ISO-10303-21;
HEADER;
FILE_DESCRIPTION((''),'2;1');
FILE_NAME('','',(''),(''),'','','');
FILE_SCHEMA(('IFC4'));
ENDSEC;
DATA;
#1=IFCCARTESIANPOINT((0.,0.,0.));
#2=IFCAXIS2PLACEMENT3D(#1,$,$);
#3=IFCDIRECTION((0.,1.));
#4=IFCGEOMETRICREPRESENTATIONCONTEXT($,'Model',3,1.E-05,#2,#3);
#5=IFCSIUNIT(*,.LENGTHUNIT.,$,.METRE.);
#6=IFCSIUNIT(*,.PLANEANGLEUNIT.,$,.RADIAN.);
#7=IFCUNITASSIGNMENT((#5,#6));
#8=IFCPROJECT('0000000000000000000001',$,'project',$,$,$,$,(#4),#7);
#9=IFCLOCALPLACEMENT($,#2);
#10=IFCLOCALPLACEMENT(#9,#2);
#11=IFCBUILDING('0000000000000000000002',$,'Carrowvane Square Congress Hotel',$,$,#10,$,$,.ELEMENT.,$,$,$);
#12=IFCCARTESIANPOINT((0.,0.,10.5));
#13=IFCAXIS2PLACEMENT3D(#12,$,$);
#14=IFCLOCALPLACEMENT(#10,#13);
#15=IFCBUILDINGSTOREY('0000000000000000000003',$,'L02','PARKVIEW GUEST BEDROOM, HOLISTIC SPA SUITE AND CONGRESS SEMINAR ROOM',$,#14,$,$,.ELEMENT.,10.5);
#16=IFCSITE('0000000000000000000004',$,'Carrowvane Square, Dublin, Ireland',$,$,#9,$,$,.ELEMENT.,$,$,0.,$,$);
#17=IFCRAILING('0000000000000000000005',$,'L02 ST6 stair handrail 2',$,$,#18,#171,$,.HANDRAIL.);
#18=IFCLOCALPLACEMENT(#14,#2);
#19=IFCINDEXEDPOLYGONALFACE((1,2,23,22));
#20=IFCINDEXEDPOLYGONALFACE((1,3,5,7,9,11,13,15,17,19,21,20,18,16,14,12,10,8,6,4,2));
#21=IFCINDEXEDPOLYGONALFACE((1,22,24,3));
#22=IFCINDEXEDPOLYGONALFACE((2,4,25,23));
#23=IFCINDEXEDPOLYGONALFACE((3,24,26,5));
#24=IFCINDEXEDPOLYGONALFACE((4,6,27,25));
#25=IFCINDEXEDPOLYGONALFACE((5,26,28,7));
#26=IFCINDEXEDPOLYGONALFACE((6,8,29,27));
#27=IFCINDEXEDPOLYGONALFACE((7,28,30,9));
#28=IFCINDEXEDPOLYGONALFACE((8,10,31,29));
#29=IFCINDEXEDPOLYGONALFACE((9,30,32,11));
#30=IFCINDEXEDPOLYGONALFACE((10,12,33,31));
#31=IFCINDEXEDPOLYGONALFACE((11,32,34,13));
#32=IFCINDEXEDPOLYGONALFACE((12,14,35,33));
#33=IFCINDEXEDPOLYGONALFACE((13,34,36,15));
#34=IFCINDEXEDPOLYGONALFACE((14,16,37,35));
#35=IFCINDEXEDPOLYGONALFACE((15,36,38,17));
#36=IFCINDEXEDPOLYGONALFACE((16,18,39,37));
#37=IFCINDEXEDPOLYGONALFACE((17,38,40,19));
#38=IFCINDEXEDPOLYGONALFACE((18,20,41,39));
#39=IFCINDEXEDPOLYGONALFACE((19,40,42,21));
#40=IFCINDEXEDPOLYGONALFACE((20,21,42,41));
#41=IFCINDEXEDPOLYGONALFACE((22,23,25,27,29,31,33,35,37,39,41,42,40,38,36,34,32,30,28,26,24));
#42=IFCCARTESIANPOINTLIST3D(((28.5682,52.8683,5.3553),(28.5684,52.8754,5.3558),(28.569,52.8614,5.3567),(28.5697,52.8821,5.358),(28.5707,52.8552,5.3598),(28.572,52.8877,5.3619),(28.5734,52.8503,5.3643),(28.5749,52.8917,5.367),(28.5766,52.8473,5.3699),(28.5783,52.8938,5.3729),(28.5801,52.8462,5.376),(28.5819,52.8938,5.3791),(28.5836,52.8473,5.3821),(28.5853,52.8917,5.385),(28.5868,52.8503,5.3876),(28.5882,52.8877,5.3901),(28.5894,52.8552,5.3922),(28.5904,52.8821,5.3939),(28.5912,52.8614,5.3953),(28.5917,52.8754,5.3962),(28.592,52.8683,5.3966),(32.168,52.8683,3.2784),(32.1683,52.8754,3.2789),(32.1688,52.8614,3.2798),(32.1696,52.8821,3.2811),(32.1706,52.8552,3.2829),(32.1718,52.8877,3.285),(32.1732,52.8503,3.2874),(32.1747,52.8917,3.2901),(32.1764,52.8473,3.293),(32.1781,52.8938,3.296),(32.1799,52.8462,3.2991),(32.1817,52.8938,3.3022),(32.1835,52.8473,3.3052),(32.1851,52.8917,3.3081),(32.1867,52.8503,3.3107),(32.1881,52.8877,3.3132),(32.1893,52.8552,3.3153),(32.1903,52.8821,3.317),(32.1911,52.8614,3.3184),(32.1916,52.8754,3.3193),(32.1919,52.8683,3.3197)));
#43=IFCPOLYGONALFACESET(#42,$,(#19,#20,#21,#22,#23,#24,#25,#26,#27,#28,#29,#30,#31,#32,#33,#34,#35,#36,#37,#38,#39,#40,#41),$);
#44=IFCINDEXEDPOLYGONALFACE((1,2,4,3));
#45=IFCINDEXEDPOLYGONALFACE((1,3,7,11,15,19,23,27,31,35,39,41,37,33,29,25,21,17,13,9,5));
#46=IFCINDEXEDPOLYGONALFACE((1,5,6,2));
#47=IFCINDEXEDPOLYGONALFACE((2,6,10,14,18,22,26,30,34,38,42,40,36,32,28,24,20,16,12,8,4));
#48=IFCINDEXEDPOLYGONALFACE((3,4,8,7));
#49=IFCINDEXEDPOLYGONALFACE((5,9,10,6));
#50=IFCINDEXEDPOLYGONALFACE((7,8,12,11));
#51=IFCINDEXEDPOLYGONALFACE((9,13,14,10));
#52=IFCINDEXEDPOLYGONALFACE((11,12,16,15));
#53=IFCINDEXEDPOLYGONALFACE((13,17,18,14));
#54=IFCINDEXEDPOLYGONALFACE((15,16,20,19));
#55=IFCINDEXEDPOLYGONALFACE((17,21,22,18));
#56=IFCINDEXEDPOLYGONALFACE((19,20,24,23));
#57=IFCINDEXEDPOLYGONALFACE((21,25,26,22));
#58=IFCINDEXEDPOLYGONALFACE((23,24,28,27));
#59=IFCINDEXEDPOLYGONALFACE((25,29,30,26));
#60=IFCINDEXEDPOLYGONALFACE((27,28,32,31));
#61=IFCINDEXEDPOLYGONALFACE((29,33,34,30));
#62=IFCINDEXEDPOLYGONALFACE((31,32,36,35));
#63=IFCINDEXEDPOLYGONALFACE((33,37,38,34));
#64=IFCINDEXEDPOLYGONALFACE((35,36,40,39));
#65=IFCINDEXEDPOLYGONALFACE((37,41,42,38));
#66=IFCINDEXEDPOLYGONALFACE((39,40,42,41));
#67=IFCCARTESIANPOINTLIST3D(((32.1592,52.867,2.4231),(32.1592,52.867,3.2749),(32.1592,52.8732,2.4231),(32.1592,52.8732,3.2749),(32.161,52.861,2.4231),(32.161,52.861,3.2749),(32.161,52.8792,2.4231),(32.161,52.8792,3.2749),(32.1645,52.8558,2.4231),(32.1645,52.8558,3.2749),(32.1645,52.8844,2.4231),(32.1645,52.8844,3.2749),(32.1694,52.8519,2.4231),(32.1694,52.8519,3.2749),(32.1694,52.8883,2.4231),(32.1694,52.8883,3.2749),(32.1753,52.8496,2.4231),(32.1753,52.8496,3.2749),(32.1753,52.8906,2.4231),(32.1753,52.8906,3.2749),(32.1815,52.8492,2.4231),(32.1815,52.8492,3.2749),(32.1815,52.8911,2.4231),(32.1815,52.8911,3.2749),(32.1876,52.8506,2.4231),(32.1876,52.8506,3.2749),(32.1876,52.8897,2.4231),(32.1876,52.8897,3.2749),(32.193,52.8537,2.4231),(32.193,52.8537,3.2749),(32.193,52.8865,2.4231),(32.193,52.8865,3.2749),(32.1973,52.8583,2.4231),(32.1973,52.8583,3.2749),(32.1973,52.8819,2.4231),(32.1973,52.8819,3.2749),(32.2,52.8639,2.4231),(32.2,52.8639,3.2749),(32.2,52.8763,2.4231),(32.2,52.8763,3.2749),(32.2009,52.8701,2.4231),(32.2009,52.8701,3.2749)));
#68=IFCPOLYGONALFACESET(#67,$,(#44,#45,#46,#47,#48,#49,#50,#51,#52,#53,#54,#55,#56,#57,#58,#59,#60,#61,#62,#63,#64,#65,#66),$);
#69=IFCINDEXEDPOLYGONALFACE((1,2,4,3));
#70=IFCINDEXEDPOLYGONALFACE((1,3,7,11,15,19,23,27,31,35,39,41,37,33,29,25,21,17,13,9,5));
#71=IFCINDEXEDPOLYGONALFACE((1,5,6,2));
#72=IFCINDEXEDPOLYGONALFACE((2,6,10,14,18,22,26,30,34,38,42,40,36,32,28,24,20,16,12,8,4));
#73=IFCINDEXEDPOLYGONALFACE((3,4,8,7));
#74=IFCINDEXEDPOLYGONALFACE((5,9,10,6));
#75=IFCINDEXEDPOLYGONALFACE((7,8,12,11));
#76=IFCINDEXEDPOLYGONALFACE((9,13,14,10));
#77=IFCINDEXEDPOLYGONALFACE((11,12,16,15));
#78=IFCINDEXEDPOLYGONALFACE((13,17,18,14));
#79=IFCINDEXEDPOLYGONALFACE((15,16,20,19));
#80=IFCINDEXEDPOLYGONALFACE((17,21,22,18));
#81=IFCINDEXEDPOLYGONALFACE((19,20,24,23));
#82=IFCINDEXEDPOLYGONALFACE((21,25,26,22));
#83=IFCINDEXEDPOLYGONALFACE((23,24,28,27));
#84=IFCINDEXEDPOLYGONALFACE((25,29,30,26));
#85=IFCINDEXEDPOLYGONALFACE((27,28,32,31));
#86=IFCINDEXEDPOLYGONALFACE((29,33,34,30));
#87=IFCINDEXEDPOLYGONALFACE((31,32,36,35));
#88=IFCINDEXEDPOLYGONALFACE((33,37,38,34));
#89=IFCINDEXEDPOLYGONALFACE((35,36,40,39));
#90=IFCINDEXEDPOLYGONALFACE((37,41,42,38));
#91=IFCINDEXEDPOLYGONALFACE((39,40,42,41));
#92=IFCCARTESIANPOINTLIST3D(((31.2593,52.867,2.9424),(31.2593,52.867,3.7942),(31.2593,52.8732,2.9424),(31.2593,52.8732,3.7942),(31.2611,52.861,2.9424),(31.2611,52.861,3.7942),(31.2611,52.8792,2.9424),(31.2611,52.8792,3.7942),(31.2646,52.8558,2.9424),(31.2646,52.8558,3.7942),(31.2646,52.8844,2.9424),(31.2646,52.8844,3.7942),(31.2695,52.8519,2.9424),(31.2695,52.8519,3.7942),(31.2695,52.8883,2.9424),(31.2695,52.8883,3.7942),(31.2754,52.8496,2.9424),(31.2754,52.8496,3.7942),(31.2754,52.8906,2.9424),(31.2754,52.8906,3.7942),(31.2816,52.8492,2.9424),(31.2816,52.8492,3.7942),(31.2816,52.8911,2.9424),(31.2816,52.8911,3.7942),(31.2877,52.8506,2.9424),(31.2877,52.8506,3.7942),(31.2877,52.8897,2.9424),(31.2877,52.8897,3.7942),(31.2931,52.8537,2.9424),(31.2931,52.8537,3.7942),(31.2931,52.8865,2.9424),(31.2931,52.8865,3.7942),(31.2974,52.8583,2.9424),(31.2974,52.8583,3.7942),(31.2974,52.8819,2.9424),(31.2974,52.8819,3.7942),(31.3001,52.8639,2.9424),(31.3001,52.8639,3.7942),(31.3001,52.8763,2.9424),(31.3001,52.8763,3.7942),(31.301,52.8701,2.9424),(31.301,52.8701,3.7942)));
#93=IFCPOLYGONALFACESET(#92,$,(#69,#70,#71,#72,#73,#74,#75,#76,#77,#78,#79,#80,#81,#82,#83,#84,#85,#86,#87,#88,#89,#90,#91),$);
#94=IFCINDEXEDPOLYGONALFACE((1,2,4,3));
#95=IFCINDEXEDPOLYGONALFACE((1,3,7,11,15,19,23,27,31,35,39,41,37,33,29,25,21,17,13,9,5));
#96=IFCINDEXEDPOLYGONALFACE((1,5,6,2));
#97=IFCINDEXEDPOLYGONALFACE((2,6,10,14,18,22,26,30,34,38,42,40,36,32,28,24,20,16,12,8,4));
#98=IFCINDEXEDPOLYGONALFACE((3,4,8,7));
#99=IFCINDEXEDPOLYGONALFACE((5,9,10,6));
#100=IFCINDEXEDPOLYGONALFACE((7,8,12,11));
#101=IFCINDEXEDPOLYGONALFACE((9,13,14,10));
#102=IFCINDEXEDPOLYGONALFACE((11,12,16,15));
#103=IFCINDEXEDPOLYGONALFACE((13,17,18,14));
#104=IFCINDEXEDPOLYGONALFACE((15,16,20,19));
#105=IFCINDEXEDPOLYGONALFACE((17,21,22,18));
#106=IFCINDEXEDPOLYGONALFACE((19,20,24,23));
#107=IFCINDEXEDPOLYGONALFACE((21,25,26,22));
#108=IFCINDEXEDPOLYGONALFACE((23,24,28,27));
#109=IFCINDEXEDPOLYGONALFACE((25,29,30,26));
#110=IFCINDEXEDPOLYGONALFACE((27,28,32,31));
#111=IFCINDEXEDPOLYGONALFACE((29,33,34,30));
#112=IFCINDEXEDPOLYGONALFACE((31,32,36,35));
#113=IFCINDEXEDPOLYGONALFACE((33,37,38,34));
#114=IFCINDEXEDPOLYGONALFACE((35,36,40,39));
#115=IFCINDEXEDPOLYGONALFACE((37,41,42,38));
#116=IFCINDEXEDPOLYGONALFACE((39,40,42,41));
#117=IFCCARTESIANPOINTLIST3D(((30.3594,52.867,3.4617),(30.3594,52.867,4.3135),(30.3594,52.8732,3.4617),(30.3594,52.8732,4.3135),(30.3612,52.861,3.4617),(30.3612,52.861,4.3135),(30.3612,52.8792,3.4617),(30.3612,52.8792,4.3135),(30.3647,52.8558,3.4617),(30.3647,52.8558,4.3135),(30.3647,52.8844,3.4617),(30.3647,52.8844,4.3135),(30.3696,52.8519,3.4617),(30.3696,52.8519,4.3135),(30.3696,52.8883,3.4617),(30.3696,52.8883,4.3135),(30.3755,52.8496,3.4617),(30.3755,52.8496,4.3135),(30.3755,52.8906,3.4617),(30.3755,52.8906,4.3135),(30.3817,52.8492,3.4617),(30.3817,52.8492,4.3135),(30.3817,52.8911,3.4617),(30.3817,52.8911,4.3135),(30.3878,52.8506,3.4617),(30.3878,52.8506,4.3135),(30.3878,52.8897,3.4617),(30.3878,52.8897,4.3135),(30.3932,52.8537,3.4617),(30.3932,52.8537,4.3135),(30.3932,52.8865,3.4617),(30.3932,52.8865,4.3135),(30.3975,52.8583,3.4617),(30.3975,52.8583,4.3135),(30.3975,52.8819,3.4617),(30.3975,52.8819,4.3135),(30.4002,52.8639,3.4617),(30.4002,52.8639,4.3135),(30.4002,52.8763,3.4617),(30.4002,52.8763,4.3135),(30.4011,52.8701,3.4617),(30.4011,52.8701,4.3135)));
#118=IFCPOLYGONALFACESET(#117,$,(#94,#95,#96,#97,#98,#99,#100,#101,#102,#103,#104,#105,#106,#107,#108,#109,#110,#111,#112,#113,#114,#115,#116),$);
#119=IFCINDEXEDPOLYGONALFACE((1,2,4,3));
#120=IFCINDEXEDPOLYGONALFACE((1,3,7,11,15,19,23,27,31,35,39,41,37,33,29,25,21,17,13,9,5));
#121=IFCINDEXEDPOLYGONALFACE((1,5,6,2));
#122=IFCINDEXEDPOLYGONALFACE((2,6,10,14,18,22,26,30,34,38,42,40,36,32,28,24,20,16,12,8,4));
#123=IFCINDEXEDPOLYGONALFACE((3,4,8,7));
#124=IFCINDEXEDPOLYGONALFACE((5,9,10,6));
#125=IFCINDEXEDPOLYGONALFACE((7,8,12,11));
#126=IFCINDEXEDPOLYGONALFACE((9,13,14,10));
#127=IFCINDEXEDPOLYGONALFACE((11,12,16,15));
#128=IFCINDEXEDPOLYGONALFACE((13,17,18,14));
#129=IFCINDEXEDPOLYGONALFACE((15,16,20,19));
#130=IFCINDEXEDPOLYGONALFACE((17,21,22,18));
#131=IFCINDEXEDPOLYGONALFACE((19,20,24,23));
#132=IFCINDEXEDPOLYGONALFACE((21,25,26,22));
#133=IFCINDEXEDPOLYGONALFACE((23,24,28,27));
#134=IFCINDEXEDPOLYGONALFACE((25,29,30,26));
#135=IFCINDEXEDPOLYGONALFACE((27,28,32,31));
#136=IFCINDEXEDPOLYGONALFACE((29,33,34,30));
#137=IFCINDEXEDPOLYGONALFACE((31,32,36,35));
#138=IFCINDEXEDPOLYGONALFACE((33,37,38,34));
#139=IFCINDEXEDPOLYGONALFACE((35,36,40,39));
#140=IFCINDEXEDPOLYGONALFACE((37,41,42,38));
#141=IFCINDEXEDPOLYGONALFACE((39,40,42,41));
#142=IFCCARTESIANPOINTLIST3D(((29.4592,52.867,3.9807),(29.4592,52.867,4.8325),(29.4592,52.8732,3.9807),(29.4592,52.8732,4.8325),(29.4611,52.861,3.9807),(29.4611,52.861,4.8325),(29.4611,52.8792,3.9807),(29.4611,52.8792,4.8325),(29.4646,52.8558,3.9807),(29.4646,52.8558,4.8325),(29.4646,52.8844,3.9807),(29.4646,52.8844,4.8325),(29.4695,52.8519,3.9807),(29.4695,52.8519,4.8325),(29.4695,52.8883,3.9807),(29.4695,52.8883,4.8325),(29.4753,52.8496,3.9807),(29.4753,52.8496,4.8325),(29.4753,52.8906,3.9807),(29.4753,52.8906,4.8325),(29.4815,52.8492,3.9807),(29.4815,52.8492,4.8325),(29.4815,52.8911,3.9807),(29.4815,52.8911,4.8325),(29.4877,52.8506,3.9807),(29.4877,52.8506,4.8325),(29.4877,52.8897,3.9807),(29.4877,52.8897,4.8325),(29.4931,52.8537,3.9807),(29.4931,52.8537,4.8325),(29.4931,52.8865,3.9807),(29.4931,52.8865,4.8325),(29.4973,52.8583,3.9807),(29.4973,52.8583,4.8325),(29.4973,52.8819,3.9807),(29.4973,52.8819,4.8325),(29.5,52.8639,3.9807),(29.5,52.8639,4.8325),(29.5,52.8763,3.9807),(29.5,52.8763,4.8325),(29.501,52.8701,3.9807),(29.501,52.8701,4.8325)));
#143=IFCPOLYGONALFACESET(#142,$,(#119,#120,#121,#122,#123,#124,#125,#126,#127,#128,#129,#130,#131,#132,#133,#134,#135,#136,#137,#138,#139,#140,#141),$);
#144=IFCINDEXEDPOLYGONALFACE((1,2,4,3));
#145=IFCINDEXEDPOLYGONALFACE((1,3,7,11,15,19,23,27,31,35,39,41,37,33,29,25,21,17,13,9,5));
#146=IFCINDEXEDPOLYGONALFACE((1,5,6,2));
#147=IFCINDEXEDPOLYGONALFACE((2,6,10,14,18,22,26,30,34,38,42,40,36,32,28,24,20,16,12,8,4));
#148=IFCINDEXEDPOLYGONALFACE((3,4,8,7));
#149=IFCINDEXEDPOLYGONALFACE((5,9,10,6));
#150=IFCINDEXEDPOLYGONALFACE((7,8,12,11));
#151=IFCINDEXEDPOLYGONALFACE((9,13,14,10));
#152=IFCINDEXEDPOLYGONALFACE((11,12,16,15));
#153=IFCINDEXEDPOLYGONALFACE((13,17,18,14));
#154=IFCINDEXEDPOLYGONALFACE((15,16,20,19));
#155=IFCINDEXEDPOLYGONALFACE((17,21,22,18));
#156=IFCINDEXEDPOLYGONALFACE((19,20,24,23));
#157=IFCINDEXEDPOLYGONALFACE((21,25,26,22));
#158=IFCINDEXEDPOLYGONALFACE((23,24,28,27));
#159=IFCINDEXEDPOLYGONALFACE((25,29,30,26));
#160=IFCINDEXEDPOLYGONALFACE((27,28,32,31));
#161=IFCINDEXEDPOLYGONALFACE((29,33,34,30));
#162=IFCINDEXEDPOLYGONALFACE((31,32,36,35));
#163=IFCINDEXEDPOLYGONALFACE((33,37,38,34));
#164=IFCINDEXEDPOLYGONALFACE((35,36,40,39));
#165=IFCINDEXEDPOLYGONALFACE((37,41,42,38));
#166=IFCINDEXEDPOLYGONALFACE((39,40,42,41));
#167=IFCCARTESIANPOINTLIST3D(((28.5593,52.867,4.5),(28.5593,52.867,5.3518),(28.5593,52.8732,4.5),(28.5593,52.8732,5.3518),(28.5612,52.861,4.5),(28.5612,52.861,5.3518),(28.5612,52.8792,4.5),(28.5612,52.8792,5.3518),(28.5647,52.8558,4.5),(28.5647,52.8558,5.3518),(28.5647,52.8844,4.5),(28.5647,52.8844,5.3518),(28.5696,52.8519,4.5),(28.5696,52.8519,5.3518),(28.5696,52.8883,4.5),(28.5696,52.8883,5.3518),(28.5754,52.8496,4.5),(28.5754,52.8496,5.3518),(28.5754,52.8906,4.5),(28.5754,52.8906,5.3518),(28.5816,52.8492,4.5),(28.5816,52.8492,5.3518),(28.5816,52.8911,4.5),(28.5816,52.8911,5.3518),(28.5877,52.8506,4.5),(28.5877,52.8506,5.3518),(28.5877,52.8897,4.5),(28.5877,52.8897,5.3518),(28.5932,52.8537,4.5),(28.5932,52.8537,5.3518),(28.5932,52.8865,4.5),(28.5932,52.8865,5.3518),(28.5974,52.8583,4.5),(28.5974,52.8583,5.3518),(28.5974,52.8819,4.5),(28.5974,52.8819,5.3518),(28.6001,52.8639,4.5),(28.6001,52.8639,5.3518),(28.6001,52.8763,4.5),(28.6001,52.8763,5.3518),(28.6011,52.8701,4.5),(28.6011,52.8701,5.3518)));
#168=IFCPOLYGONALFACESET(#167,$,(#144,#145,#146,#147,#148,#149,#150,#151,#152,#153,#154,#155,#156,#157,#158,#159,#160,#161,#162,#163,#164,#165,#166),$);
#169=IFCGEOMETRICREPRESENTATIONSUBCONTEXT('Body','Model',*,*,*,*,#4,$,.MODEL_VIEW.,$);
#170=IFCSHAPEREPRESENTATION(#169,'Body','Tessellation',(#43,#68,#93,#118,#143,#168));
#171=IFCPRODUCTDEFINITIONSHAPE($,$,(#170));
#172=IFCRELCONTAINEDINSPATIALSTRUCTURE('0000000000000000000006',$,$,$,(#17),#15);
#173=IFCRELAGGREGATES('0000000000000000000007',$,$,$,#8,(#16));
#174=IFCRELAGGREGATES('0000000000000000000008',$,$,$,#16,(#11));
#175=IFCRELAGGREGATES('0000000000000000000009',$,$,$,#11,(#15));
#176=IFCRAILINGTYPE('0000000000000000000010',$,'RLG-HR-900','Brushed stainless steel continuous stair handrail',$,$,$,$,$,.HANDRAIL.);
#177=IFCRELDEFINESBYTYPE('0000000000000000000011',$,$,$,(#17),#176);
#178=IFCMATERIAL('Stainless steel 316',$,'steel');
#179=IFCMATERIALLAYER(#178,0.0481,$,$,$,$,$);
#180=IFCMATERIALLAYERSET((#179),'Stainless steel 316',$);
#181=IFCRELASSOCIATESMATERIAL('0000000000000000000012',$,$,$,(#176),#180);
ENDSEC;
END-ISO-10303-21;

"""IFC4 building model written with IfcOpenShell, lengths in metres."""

from ifc_helpers import new_model, si_unit, direction, frame, origin, origin_2d, place, context, subcontext, project, spatial, circle, extrude, material, layer, layer_set, type_object, element, save


model = new_model("IFC4")

# Units and contexts
model_context = context("Model", 3, precision=1e-05, world=origin(), true_north=direction((0.0, 1.0)))
body_context = subcontext(model_context, "Body", "Model", "MODEL_VIEW")
ifc_project = project(units=[si_unit("LENGTHUNIT", "METRE"), si_unit("PLANEANGLEUNIT", "RADIAN")], contexts=[model_context])

# Site, building, storey
site_placement = place(None, origin())
site = spatial("IfcSite", under=ifc_project, at=site_placement, Name="Carrowvane Square, Dublin, Ireland", CompositionType="ELEMENT", RefElevation=0.0)
building_placement = place(site_placement, origin())
building = spatial("IfcBuilding", under=site, at=building_placement, Name="Carrowvane Square Congress Hotel", CompositionType="ELEMENT")
storey_placement = place(building_placement, frame((0.0, 0.0, 10.5)))
storey = spatial("IfcBuildingStorey", under=building, at=storey_placement, Name="L02", Description="PARKVIEW GUEST BEDROOM, HOLISTIC SPA SUITE AND CONGRESS SEMINAR ROOM", CompositionType="ELEMENT", Elevation=10.5)

# Railing
ifc_material_1 = material(Name="Stainless steel 316", Category="steel")
ifc_layer_1 = layer(ifc_material_1, 0.0481)
ifc_layer_set_1 = layer_set([ifc_layer_1], Name="Stainless steel 316")
railing_type_1 = type_object("IfcRailingType", Name="RLG-HR-900", Description="Brushed stainless steel continuous stair handrail", PredefinedType="HANDRAIL", material=ifc_layer_set_1)
railing_1_placement = place(storey_placement, frame((32.1799, 52.8701, 2.4231)))
element("IfcRailing", 1, at=railing_1_placement, inside=storey, type_object=railing_type_1, Name="L02 ST6 stair handrail 2", PredefinedType="HANDRAIL", context=body_context, shape_type="SweptSolid", body=[
    extrude(circle(Radius=0.0239, at=origin_2d()), frame((0.0, 0.0, 0.876), z_axis=(-0.866179, 0.0, 0.499734), x_axis=(0.0, -1.0, 0.0)), (0.0, 0.0, 1.0), 4.156),
    extrude(circle(Radius=0.021, at=origin_2d()), origin(), (0.0, 0.0, 1.0), 0.8518),
    extrude(circle(Radius=0.021, at=origin_2d()), frame((-0.8999, 0.0, 0.5193)), (0.0, 0.0, 1.0), 0.8518),
    extrude(circle(Radius=0.021, at=origin_2d()), frame((-1.7998, 0.0, 1.0386)), (0.0, 0.0, 1.0), 0.8518),
    extrude(circle(Radius=0.021, at=origin_2d()), frame((-2.7, 0.0, 1.5576)), (0.0, 0.0, 1.0), 0.8518),
    extrude(circle(Radius=0.021, at=origin_2d()), frame((-3.5999, 0.0, 2.0769)), (0.0, 0.0, 1.0), 0.8518),
])

save(model, "model.ifc")
